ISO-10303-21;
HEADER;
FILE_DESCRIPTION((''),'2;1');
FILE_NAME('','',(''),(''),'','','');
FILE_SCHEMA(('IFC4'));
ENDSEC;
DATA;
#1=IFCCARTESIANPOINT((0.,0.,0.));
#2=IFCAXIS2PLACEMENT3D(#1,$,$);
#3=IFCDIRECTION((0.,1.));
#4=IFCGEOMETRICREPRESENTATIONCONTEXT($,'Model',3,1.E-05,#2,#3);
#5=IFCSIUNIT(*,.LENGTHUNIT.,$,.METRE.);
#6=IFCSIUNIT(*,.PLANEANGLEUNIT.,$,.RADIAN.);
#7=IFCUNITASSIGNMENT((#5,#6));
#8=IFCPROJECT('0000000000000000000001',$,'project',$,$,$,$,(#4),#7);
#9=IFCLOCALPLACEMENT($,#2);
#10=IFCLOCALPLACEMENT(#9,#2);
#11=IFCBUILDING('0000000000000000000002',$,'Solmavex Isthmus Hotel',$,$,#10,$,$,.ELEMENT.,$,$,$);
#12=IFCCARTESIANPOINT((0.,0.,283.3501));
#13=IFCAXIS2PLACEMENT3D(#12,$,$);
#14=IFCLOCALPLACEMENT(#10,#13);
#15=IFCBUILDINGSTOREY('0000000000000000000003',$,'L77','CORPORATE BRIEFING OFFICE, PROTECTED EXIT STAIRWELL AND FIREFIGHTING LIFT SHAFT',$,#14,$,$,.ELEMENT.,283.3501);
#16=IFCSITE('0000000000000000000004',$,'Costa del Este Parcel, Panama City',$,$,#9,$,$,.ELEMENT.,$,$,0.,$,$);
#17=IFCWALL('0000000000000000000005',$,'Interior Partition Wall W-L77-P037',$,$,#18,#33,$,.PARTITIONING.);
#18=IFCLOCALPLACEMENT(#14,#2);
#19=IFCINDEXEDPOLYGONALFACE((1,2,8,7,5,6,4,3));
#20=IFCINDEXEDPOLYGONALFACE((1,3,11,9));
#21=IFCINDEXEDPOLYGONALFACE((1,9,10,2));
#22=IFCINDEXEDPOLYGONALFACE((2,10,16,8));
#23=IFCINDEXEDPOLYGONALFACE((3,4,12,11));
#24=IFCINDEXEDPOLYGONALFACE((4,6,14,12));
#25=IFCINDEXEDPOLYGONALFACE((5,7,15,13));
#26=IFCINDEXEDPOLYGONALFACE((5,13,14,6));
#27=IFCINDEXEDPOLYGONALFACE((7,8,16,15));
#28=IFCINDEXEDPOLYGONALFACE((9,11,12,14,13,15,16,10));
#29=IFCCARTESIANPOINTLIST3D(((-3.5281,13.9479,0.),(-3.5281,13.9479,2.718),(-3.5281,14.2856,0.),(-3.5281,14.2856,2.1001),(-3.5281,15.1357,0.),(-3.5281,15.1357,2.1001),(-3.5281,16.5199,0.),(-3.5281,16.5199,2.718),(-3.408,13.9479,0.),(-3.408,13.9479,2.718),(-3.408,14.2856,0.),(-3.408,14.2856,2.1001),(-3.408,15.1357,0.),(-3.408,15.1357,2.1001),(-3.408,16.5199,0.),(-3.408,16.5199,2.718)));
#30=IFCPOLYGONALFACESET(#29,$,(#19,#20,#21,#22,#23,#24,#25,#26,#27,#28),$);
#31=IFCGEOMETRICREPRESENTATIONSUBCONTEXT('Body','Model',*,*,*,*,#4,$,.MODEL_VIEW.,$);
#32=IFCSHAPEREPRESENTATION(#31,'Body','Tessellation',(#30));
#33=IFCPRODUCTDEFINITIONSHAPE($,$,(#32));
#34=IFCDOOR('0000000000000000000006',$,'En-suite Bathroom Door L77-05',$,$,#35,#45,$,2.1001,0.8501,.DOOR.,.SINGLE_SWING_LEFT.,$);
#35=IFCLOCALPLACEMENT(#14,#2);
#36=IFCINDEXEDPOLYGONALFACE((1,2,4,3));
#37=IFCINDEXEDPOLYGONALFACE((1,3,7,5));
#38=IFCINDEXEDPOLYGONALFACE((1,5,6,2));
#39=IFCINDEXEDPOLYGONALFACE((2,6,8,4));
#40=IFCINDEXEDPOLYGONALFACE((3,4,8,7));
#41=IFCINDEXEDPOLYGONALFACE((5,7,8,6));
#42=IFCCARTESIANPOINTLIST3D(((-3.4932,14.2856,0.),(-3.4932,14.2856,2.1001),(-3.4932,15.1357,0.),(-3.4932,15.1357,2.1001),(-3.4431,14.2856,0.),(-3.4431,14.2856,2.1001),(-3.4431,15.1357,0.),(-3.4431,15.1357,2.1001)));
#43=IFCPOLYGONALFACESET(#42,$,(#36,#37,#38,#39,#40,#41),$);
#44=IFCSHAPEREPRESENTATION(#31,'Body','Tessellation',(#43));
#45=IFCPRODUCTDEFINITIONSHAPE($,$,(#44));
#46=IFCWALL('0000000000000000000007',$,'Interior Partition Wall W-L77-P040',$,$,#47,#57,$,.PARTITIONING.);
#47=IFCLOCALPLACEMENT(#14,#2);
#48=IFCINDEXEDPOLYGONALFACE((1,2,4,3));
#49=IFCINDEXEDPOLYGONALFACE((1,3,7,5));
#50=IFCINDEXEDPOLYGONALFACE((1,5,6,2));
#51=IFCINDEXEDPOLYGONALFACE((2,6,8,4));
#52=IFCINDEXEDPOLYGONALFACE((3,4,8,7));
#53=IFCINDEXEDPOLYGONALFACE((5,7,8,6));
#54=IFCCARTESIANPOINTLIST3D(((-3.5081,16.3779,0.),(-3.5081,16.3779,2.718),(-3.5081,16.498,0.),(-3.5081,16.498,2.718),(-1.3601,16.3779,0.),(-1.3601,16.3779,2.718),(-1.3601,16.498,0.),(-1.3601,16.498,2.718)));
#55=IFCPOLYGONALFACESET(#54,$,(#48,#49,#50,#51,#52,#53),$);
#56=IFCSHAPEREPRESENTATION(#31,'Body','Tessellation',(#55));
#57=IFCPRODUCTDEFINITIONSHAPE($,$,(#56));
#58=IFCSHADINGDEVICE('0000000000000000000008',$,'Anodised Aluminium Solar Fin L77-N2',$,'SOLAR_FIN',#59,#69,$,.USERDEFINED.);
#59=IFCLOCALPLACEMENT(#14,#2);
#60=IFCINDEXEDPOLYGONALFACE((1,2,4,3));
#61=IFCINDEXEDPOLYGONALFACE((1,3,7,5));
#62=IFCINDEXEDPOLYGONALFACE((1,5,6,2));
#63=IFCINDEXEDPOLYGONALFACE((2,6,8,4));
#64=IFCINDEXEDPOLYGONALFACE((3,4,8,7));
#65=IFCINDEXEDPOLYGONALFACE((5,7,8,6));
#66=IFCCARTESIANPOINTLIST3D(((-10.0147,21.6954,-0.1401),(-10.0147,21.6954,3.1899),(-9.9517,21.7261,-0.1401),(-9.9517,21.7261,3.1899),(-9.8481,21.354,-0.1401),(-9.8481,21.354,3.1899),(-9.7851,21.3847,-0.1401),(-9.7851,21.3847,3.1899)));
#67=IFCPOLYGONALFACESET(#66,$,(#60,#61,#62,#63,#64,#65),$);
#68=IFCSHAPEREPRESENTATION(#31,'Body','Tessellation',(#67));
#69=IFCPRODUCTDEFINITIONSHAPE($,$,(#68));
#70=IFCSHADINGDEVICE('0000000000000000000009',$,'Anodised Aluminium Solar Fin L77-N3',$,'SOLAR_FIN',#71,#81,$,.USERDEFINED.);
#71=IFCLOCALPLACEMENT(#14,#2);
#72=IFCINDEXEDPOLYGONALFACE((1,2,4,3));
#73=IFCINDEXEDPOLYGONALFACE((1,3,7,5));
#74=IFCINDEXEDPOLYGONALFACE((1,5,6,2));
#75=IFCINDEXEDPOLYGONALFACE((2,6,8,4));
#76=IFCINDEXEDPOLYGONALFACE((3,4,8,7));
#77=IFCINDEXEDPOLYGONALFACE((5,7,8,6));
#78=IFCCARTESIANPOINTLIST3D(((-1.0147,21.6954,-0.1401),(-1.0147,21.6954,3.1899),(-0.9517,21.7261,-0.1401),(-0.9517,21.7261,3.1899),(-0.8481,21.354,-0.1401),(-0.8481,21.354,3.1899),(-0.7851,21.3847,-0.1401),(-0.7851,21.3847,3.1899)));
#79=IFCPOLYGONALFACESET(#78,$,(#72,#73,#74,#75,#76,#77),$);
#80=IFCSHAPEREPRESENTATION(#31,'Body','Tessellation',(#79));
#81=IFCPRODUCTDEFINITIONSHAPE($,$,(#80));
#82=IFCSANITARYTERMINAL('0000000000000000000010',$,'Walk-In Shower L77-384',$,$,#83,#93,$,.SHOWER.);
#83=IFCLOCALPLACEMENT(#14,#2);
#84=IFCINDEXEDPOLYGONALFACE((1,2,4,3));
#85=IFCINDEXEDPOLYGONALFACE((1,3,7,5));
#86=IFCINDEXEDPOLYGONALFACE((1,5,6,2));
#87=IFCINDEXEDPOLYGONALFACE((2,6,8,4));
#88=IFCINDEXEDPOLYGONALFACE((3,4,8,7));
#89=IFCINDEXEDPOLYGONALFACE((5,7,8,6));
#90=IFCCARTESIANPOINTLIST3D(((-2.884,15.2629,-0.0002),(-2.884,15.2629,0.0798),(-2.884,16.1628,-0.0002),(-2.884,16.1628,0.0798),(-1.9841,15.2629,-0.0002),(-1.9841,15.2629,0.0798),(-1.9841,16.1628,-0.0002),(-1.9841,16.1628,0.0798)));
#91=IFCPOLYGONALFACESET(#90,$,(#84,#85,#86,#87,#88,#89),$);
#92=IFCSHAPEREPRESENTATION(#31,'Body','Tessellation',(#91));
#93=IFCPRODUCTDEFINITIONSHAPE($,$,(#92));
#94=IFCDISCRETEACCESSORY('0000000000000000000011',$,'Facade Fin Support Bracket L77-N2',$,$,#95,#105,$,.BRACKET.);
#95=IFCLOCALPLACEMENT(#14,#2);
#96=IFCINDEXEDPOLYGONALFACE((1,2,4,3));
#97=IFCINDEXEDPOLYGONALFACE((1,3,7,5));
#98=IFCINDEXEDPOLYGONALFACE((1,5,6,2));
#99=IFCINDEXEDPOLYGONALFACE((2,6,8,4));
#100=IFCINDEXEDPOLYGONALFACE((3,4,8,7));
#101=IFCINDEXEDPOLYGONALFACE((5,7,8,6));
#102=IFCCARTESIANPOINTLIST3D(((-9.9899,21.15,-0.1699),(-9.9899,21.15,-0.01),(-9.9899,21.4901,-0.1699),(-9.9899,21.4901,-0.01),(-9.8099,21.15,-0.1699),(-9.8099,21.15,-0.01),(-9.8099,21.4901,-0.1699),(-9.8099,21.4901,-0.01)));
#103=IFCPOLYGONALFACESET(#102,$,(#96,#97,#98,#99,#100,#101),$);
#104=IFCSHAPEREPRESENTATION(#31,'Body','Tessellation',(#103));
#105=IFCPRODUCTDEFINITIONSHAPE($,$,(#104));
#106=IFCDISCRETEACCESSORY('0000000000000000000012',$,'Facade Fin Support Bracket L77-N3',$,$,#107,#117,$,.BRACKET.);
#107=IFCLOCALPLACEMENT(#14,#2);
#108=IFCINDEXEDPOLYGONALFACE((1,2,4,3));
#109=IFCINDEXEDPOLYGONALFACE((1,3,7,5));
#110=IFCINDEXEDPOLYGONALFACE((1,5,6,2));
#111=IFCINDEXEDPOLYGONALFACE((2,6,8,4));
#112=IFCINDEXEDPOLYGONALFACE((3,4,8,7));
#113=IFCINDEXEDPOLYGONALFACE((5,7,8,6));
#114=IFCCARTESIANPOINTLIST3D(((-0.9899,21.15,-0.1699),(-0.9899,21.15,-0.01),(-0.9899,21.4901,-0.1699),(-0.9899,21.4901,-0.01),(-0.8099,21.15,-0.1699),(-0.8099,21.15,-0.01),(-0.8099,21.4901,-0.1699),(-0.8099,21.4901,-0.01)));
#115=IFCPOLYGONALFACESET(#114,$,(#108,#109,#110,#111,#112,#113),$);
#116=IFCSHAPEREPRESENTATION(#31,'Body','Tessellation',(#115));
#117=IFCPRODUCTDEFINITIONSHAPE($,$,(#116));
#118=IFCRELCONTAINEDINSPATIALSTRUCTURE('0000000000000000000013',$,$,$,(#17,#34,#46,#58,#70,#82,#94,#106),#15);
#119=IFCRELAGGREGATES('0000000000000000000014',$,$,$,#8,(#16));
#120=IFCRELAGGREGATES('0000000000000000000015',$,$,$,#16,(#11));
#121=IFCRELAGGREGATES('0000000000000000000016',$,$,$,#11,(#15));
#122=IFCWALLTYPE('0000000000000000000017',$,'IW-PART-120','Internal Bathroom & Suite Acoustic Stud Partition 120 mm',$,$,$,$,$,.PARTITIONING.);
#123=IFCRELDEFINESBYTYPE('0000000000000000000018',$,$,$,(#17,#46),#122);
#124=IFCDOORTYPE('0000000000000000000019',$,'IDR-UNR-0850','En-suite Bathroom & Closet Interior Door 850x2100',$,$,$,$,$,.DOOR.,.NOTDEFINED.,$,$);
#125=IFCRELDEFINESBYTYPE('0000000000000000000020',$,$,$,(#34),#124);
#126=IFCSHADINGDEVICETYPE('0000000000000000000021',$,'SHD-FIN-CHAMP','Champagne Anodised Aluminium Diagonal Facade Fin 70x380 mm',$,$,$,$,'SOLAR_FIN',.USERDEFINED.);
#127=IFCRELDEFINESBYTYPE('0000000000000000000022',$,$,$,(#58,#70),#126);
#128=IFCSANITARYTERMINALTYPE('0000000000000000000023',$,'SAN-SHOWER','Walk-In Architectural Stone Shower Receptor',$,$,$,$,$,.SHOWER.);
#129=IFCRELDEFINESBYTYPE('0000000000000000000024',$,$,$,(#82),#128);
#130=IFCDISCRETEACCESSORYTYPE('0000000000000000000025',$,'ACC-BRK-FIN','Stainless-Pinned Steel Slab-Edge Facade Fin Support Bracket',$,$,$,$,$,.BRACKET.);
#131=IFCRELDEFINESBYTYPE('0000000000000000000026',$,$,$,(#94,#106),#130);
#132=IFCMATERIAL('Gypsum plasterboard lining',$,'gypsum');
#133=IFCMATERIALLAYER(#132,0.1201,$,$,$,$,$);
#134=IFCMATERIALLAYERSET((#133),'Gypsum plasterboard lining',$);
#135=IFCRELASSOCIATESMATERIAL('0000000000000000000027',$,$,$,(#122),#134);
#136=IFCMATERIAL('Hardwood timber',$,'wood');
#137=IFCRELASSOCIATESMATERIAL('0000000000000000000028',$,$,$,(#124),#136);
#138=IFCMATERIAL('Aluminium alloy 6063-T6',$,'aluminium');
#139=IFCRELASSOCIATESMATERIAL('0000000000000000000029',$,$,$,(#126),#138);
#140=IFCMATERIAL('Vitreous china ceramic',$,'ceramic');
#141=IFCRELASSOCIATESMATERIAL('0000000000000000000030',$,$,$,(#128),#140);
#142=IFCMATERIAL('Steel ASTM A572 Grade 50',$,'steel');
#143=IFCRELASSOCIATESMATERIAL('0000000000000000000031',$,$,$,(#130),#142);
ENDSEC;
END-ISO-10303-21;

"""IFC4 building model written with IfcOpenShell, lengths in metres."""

from ifc_helpers import new_model, si_unit, direction, frame, frame_2d, origin, origin_2d, place, context, subcontext, project, spatial, rectangle, extrude, material, layer, layer_set, type_object, element, fill, save


model = new_model("IFC4")

# Units and contexts
model_context = context("Model", 3, precision=1e-05, world=origin(), true_north=direction((0.0, 1.0)))
body_context = subcontext(model_context, "Body", "Model", "MODEL_VIEW")
ifc_project = project(units=[si_unit("LENGTHUNIT", "METRE"), si_unit("PLANEANGLEUNIT", "RADIAN")], contexts=[model_context])

# Site, building, storey
site_placement = place(None, origin())
site = spatial("IfcSite", under=ifc_project, at=site_placement, Name="Costa del Este Parcel, Panama City", CompositionType="ELEMENT", RefElevation=0.0)
building_placement = place(site_placement, origin())
building = spatial("IfcBuilding", under=site, at=building_placement, Name="Solmavex Isthmus Hotel", CompositionType="ELEMENT")
storey_placement = place(building_placement, frame((0.0, 0.0, 283.3501)))
storey = spatial("IfcBuildingStorey", under=building, at=storey_placement, Name="L77", Description="CORPORATE BRIEFING OFFICE, PROTECTED EXIT STAIRWELL AND FIREFIGHTING LIFT SHAFT", CompositionType="ELEMENT", Elevation=283.3501)

# Shared definitions
ifc_material_1 = material(Name="Aluminium alloy 6063-T6", Category="aluminium")

# Shared definitions
ifc_material_2 = material(Name="Gypsum plasterboard lining", Category="gypsum")

# Wall, opening, door
ifc_layer_1 = layer(ifc_material_2, 0.1201)
ifc_layer_set_1 = layer_set([ifc_layer_1], Name="Gypsum plasterboard lining")
wall_type_1 = type_object("IfcWallType", Name="IW-PART-120", Description="Internal Bathroom & Suite Acoustic Stud Partition 120 mm", PredefinedType="PARTITIONING", material=ifc_layer_set_1)
wall_1_placement = place(storey_placement, frame((-3.468, 16.52, 0.0), z_axis=(0.0, 0.0, 1.0), x_axis=(0.0, -1.0, 0.0)))
wall_1 = element("IfcWall", 1, at=wall_1_placement, inside=storey, type_object=wall_type_1, Name="Interior Partition Wall W-L77-P037", PredefinedType="PARTITIONING", context=body_context, shape_type="SweptSolid", body=[
    extrude(rectangle(XDim=2.572, YDim=0.1201, at=frame_2d((1.2861, 0.0))), origin(), (0.0, 0.0, 1.0), 2.718),
])
opening_placement = place(wall_1_placement, frame((1.3843, 0.0, 0.0)))
opening = element("IfcOpeningElement", 2, at=opening_placement, cuts=wall_1, PredefinedType="OPENING", context=body_context, shape_type="SweptSolid", body=[
    extrude(rectangle(XDim=0.8501, YDim=2.1001, at=frame_2d((0.425, 1.05))), frame((0.0, 0.0701, 0.0), z_axis=(0.0, -1.0, 0.0), x_axis=(1.0, 0.0, 0.0)), (0.0, 0.0, 1.0), 0.1401),
])
ifc_material_3 = material(Name="Hardwood timber", Category="wood")
door_type = type_object("IfcDoorType", Name="IDR-UNR-0850", Description="En-suite Bathroom & Closet Interior Door 850x2100", OperationType="NOTDEFINED", PredefinedType="DOOR", material=ifc_material_3)
door_placement = place(opening_placement, origin())
door = element("IfcDoor", 3, at=door_placement, inside=storey, type_object=door_type, Name="En-suite Bathroom Door L77-05", OperationType="SINGLE_SWING_LEFT", OverallHeight=2.1001, OverallWidth=0.8501, PredefinedType="DOOR", context=body_context, shape_type="SweptSolid", body=[
    extrude(rectangle(XDim=0.8501, YDim=2.1001, at=frame_2d((0.425, 1.05))), frame((0.0, 0.0249, 0.0), z_axis=(0.0, -1.0, 0.0), x_axis=(1.0, 0.0, 0.0)), (0.0, 0.0, 1.0), 0.05),
])
fill(opening, door)

# Wall
wall_2_placement = place(storey_placement, frame((-1.3601, 16.438, 0.0), z_axis=(0.0, 0.0, 1.0), x_axis=(-1.0, 0.0, 0.0)))
element("IfcWall", 4, at=wall_2_placement, inside=storey, type_object=wall_type_1, Name="Interior Partition Wall W-L77-P040", PredefinedType="PARTITIONING", context=body_context, shape_type="SweptSolid", body=[
    extrude(rectangle(XDim=2.1479, YDim=0.1201, at=frame_2d((1.074, 0.0))), origin(), (0.0, 0.0, 1.0), 2.718),
])

# Shading devices
shading_device_type = type_object("IfcShadingDeviceType", Name="SHD-FIN-CHAMP", Description="Champagne Anodised Aluminium Diagonal Facade Fin 70x380 mm", ElementType="SOLAR_FIN", PredefinedType="USERDEFINED", material=ifc_material_1)
for number, where, z_axis, x_axis, name in (
    (5, (-9.8999, 21.54, -0.1401), (0.0, 0.0, 1.0), (-0.438371, 0.898794, 0.0), "Anodised Aluminium Solar Fin L77-N2"),
    (6, (-0.8999, 21.54, -0.1401), (0.0, 0.0, 1.0), (-0.438371, 0.898794, 0.0), "Anodised Aluminium Solar Fin L77-N3"),
):
    element("IfcShadingDevice", number, at=place(storey_placement, frame(where, z_axis=z_axis, x_axis=x_axis)), inside=storey, type_object=shading_device_type, Name=name, ObjectType="SOLAR_FIN", PredefinedType="USERDEFINED", context=body_context, shape_type="SweptSolid", body=[
        extrude(rectangle(XDim=0.3799, YDim=0.0701, at=origin_2d()), origin(), (0.0, 0.0, 1.0), 3.3301),
    ])

# Sanitary terminal
ifc_material_4 = material(Name="Vitreous china ceramic", Category="ceramic")
sanitary_terminal_type = type_object("IfcSanitaryTerminalType", Name="SAN-SHOWER", Description="Walk-In Architectural Stone Shower Receptor", PredefinedType="SHOWER", material=ifc_material_4)
sanitary_terminal_placement = place(storey_placement, frame((-2.4341, 15.7129, -0.0002), z_axis=(0.0, 0.0, 1.0), x_axis=(1.0, 0.0, 0.0)))
element("IfcSanitaryTerminal", 7, at=sanitary_terminal_placement, inside=storey, type_object=sanitary_terminal_type, Name="Walk-In Shower L77-384", PredefinedType="SHOWER", context=body_context, shape_type="SweptSolid", body=[
    extrude(rectangle(XDim=0.8999, YDim=0.8999, at=origin_2d()), origin(), (0.0, 0.0, 1.0), 0.0801),
])

# Discrete accessories
ifc_material_5 = material(Name="Steel ASTM A572 Grade 50", Category="steel")
discrete_accessory_type = type_object("IfcDiscreteAccessoryType", Name="ACC-BRK-FIN", Description="Stainless-Pinned Steel Slab-Edge Facade Fin Support Bracket", PredefinedType="BRACKET", material=ifc_material_5)
for number, where, z_axis, x_axis, name in (
    (8, (-9.8999, 21.3201, -0.1699), (0.0, 0.0, 1.0), (0.0, 1.0, 0.0), "Facade Fin Support Bracket L77-N2"),
    (9, (-0.8999, 21.3201, -0.1699), (0.0, 0.0, 1.0), (0.0, 1.0, 0.0), "Facade Fin Support Bracket L77-N3"),
):
    element("IfcDiscreteAccessory", number, at=place(storey_placement, frame(where, z_axis=z_axis, x_axis=x_axis)), inside=storey, type_object=discrete_accessory_type, Name=name, PredefinedType="BRACKET", context=body_context, shape_type="SweptSolid", body=[
        extrude(rectangle(XDim=0.3401, YDim=0.1799, at=origin_2d()), origin(), (0.0, 0.0, 1.0), 0.1599),
    ])

save(model, "model.ifc")
